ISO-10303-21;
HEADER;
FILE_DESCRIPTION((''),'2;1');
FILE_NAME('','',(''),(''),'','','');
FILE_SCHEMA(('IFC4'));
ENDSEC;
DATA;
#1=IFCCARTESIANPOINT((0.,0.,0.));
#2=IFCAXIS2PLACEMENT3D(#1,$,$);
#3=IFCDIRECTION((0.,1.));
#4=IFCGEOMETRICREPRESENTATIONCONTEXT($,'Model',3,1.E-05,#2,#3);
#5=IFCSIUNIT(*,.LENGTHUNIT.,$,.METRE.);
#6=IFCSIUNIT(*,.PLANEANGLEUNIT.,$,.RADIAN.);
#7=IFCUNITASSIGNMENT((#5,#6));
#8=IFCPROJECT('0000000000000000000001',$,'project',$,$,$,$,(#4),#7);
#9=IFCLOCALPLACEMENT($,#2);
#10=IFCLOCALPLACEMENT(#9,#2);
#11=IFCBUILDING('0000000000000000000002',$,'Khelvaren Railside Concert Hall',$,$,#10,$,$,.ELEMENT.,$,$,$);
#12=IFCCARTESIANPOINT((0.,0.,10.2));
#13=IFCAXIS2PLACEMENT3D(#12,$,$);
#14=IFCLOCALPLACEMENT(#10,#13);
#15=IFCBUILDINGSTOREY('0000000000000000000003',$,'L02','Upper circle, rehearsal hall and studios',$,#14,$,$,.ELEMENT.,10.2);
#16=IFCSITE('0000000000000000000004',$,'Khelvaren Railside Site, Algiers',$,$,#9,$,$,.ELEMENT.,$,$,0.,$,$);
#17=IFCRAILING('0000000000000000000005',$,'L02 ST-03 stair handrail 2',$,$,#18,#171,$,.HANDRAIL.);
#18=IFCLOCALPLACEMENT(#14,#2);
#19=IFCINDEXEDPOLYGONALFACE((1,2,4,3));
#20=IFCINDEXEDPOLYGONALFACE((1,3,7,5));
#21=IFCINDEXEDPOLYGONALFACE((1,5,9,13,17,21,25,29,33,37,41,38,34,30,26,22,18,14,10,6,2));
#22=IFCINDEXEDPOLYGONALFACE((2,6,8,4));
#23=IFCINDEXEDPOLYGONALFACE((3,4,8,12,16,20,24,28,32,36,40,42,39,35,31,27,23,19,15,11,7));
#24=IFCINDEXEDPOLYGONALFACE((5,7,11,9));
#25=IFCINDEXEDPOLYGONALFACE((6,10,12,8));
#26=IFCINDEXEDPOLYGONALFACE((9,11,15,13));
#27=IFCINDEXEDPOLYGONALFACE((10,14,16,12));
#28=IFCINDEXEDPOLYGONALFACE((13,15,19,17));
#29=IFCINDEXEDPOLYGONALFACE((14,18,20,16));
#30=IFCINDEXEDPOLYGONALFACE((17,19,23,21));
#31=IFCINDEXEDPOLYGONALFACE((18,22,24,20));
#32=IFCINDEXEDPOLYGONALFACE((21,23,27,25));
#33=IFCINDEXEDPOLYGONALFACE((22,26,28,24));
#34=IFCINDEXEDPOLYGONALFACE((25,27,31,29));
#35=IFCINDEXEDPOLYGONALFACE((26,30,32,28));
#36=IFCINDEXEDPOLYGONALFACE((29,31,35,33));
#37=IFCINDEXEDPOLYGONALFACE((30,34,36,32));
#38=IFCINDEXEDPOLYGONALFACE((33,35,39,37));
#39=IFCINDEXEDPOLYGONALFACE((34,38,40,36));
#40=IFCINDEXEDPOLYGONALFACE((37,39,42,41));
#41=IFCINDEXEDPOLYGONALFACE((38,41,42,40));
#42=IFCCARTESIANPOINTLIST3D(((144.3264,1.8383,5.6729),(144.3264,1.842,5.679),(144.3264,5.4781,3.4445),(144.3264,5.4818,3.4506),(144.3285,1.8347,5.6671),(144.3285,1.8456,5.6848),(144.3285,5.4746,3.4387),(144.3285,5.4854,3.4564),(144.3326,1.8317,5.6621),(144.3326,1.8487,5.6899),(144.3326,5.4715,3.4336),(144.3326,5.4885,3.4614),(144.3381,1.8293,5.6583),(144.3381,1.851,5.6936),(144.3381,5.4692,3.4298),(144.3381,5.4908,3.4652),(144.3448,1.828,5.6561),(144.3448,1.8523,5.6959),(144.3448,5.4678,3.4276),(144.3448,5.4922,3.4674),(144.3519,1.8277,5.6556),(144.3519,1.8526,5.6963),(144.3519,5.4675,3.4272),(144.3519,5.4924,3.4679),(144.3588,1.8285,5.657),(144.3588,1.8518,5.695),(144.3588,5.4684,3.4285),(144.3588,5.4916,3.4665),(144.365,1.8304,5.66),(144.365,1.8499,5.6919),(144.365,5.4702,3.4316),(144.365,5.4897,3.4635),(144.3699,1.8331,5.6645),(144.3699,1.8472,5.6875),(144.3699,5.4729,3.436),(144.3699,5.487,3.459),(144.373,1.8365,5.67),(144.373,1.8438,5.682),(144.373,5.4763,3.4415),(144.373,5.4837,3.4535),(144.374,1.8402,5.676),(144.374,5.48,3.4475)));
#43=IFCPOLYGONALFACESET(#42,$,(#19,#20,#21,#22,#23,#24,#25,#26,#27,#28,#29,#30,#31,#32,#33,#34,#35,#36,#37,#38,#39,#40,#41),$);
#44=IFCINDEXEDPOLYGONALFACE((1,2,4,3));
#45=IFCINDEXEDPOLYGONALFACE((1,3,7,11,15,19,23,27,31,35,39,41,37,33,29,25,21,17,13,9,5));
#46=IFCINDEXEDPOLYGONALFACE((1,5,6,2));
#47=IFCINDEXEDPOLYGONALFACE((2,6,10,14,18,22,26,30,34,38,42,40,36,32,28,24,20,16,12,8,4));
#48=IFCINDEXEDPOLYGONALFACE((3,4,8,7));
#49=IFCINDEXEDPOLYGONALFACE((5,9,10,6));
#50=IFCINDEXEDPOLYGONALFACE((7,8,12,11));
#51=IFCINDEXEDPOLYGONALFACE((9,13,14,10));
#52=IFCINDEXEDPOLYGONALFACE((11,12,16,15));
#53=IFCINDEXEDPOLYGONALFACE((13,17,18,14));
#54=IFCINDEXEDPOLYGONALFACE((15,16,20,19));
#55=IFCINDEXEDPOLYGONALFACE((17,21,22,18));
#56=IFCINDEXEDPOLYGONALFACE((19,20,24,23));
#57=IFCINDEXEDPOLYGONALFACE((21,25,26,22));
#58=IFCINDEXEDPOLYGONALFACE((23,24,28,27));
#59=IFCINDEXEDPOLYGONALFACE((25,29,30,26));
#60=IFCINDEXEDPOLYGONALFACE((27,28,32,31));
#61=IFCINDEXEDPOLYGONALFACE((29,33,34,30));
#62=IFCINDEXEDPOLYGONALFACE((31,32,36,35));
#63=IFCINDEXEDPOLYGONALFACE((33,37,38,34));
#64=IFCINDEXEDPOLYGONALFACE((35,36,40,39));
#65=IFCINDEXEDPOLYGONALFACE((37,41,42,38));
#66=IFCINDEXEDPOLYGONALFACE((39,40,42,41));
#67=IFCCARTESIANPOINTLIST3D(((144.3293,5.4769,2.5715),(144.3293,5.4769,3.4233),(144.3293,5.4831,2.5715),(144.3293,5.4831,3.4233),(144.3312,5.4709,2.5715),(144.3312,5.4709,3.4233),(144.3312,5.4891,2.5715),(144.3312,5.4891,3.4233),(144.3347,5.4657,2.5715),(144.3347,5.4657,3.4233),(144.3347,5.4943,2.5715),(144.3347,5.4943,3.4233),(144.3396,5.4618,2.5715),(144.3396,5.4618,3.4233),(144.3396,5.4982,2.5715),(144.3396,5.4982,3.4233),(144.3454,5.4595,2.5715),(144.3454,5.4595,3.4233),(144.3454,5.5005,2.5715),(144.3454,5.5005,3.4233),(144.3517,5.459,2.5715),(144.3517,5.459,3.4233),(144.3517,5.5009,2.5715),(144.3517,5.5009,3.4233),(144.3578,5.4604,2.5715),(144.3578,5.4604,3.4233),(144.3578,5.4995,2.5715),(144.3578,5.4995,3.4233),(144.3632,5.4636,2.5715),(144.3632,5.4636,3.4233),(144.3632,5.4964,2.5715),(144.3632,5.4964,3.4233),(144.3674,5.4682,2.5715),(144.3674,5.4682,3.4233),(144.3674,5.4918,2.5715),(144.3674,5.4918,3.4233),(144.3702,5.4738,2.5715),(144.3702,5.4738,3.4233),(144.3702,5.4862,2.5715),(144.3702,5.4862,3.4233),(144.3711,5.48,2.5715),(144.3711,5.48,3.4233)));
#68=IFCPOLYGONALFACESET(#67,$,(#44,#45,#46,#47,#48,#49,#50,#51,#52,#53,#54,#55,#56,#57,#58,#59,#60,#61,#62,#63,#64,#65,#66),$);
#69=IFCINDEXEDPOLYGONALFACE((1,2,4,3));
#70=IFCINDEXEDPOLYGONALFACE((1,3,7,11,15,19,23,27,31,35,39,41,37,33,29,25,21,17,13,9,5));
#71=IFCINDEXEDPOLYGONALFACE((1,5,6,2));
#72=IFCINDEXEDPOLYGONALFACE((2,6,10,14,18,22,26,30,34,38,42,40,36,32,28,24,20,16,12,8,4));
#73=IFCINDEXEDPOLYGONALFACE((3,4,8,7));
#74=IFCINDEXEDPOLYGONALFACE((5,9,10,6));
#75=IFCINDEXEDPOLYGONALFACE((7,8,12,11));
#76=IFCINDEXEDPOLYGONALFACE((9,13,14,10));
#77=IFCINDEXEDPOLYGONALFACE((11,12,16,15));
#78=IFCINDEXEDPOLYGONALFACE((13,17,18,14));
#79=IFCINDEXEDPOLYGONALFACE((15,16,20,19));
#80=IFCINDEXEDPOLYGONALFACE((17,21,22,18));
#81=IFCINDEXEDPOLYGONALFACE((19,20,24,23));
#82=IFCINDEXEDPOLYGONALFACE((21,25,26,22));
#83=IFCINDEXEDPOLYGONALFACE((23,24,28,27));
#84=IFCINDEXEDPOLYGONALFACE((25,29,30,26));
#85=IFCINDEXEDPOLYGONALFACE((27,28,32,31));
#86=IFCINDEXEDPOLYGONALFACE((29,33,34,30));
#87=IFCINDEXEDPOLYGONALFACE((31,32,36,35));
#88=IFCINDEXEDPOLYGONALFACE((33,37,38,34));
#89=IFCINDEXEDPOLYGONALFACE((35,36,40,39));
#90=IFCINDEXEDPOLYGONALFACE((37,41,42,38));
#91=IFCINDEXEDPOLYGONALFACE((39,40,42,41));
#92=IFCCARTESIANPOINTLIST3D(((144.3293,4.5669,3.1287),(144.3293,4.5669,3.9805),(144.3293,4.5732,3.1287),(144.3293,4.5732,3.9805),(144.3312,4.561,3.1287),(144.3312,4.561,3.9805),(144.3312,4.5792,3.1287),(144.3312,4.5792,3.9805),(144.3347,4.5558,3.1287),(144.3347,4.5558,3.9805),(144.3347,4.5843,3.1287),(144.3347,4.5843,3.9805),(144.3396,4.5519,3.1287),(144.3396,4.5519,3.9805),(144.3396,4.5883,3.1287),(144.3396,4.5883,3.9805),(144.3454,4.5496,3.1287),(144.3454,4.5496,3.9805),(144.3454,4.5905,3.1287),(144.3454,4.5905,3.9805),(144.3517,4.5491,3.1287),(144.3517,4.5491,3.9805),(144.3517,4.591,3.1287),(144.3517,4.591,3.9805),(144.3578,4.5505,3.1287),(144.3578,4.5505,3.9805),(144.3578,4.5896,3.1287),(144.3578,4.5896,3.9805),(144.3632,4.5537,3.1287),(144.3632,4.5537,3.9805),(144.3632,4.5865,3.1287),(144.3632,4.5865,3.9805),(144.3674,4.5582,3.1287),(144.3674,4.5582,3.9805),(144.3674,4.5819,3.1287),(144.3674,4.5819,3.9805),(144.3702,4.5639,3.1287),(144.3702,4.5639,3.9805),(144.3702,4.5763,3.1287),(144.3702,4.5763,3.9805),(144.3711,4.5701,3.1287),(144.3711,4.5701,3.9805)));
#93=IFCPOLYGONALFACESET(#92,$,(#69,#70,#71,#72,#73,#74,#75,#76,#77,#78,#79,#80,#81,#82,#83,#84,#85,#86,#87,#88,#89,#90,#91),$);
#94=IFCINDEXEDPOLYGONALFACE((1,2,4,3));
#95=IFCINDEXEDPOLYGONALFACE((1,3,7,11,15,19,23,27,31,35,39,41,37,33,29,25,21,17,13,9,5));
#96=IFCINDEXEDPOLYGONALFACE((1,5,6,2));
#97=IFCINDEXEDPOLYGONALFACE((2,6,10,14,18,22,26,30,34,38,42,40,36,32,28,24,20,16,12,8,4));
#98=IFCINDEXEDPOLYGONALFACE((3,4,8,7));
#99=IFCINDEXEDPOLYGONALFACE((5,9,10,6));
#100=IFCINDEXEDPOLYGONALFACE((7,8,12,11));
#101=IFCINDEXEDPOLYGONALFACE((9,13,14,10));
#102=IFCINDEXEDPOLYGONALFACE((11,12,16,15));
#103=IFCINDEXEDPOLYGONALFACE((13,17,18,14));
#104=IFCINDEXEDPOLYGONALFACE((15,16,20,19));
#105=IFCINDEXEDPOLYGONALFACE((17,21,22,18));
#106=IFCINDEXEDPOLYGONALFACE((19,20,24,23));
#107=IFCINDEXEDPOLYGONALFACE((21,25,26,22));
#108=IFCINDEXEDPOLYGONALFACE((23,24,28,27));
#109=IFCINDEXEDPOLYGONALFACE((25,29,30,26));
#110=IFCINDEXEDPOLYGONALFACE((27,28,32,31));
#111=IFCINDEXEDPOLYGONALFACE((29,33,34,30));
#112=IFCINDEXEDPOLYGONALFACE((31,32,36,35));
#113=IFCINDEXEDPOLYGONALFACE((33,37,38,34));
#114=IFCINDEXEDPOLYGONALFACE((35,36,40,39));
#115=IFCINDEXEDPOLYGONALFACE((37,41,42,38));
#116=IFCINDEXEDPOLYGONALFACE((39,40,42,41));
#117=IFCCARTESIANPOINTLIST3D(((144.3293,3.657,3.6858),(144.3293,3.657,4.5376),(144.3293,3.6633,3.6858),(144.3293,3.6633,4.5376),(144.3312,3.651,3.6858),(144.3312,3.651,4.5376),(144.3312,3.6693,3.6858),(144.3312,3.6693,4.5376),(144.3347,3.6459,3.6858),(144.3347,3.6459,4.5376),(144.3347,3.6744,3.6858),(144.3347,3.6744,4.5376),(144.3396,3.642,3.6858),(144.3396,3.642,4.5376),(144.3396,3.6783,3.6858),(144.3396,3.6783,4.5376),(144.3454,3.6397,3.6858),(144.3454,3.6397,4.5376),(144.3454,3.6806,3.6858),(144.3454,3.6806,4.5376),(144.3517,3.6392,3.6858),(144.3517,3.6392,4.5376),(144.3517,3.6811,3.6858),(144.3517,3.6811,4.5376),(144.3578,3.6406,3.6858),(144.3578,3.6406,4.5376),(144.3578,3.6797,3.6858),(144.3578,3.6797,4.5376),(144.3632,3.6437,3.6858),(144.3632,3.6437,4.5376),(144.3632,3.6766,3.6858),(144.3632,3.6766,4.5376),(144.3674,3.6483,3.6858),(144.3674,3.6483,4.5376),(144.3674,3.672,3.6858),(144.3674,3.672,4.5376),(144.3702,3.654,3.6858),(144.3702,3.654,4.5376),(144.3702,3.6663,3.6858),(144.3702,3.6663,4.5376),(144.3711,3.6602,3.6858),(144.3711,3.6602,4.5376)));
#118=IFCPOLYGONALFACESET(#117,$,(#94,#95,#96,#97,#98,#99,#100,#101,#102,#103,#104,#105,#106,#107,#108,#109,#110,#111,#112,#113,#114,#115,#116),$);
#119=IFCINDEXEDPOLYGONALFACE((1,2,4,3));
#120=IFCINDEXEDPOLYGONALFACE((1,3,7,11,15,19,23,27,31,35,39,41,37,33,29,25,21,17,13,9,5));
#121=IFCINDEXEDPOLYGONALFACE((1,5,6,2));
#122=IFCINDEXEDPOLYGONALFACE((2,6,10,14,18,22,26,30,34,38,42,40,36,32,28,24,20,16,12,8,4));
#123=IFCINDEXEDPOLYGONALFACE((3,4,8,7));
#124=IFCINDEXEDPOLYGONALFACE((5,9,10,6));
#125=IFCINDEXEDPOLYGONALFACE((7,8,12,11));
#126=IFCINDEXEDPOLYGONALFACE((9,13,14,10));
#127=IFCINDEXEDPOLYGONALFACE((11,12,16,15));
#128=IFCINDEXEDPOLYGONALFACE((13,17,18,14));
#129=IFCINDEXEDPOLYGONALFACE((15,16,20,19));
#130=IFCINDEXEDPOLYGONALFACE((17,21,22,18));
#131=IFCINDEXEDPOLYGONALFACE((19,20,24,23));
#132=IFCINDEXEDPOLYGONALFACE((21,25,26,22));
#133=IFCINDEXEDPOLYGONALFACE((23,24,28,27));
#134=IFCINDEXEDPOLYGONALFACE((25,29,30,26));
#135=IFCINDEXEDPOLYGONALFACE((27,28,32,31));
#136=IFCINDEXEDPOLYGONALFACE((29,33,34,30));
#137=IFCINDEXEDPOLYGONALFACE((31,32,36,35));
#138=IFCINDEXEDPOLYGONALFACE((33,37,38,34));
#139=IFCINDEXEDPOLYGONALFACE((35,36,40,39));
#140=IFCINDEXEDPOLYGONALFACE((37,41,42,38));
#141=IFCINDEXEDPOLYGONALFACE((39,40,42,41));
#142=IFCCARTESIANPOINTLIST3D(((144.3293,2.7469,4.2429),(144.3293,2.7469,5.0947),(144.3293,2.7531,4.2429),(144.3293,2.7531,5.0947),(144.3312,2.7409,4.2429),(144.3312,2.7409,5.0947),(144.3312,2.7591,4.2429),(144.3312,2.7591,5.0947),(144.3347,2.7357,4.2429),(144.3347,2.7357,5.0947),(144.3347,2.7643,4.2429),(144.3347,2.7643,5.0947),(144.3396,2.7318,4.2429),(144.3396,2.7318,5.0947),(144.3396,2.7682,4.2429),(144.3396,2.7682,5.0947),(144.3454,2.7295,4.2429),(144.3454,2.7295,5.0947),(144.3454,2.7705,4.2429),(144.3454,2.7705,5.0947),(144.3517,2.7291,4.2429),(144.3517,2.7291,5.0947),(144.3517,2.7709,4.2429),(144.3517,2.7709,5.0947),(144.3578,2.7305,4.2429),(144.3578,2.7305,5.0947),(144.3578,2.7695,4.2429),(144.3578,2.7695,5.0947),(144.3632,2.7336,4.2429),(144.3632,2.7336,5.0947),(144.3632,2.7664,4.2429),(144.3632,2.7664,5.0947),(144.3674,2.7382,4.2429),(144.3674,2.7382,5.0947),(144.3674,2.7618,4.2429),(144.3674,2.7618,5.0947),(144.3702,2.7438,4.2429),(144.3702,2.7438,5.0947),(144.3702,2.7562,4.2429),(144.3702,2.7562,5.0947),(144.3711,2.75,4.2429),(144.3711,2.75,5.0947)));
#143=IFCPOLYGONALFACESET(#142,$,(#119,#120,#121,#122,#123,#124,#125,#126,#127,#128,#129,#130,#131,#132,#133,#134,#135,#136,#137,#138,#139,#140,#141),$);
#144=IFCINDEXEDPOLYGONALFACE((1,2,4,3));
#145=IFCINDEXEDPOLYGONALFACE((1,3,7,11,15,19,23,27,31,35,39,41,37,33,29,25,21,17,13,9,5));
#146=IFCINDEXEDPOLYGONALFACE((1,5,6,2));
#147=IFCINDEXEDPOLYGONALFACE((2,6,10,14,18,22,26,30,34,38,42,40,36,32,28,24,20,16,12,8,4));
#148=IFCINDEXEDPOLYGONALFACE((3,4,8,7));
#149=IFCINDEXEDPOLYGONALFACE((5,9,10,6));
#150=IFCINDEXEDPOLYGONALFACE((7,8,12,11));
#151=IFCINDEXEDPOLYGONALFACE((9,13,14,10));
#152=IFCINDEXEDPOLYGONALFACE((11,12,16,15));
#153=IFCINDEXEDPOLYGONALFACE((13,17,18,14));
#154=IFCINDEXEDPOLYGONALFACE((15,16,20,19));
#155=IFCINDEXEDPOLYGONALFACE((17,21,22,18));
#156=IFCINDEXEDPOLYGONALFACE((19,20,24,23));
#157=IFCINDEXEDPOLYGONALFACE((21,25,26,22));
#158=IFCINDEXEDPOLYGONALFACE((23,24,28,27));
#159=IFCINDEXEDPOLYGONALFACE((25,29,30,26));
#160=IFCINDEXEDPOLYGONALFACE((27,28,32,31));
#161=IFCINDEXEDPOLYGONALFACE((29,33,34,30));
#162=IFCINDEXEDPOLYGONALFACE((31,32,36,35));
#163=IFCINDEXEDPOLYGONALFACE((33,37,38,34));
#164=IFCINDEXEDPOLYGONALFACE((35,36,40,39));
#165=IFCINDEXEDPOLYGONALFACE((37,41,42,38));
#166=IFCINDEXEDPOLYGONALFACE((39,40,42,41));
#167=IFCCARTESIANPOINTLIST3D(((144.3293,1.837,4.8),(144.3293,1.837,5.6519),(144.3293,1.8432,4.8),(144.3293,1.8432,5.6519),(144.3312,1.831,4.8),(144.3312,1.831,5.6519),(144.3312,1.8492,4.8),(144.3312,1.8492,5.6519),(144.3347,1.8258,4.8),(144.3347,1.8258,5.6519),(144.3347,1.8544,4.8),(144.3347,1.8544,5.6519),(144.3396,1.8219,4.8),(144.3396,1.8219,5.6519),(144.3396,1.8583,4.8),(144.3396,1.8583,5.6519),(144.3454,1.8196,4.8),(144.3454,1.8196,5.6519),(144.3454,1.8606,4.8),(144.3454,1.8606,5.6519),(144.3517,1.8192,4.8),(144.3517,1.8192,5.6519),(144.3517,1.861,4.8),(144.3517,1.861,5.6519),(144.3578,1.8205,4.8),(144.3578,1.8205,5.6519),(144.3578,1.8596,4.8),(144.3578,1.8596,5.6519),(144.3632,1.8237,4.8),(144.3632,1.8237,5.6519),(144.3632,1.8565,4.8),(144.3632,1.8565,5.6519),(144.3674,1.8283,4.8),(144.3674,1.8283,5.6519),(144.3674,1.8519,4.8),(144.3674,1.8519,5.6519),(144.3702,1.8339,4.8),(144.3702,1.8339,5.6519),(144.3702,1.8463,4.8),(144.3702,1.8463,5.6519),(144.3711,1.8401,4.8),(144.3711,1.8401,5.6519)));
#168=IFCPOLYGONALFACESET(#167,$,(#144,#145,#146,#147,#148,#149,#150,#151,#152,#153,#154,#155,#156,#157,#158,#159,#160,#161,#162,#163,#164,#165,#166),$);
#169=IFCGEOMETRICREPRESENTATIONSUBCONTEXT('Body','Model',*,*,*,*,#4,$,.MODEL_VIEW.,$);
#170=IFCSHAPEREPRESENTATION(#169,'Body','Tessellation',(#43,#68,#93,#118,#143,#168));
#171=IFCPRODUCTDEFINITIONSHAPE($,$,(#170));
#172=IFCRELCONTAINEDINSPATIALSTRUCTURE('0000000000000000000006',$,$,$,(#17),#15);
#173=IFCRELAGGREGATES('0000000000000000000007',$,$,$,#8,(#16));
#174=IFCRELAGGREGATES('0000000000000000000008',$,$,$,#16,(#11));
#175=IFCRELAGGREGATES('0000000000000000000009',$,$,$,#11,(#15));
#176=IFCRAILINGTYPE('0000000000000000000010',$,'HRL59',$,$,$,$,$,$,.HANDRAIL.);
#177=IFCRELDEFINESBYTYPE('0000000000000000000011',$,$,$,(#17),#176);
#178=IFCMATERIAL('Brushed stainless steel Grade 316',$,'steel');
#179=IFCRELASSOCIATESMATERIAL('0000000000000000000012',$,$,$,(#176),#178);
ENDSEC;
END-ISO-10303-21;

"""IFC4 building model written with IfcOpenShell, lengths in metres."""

from ifc_helpers import new_model, si_unit, direction, frame, origin, origin_2d, place, context, subcontext, project, spatial, circle, extrude, material, type_object, element, save


model = new_model("IFC4")

# Units and contexts
model_context = context("Model", 3, precision=1e-05, world=origin(), true_north=direction((0.0, 1.0)))
body_context = subcontext(model_context, "Body", "Model", "MODEL_VIEW")
ifc_project = project(units=[si_unit("LENGTHUNIT", "METRE"), si_unit("PLANEANGLEUNIT", "RADIAN")], contexts=[model_context])

# Site, building, storey
site_placement = place(None, origin())
site = spatial("IfcSite", under=ifc_project, at=site_placement, Name="Khelvaren Railside Site, Algiers", CompositionType="ELEMENT", RefElevation=0.0)
building_placement = place(site_placement, origin())
building = spatial("IfcBuilding", under=site, at=building_placement, Name="Khelvaren Railside Concert Hall", CompositionType="ELEMENT")
storey_placement = place(building_placement, frame((0.0, 0.0, 10.2)))
storey = spatial("IfcBuildingStorey", under=building, at=storey_placement, Name="L02", Description="Upper circle, rehearsal hall and studios", CompositionType="ELEMENT", Elevation=10.2)

# Railing
ifc_material_1 = material(Name="Brushed stainless steel Grade 316", Category="steel")
railing_type_1 = type_object("IfcRailingType", Name="HRL59", PredefinedType="HANDRAIL", material=ifc_material_1)
railing_1_placement = place(storey_placement, frame((144.3501, 5.48, 2.5715)))
element("IfcRailing", 1, at=railing_1_placement, inside=storey, type_object=railing_type_1, Name="L02 ST-03 stair handrail 2", PredefinedType="HANDRAIL", context=body_context, shape_type="SweptSolid", body=[
    extrude(circle(Radius=0.0239, at=origin_2d()), frame((0.0, 0.0, 0.876), z_axis=(0.0, -0.85285, 0.522156), x_axis=(1.0, 0.0, 0.0)), (0.0, 0.0, 1.0), 4.2678),
    extrude(circle(Radius=0.021, at=origin_2d()), origin(), (0.0, 0.0, 1.0), 0.8518),
    extrude(circle(Radius=0.021, at=origin_2d()), frame((0.0, -0.9099, 0.5571)), (0.0, 0.0, 1.0), 0.8518),
    extrude(circle(Radius=0.021, at=origin_2d()), frame((0.0, -1.8198, 1.1143)), (0.0, 0.0, 1.0), 0.8518),
    extrude(circle(Radius=0.021, at=origin_2d()), frame((0.0, -2.73, 1.6714)), (0.0, 0.0, 1.0), 0.8518),
    extrude(circle(Radius=0.021, at=origin_2d()), frame((0.0, -3.6399, 2.2285)), (0.0, 0.0, 1.0), 0.8518),
])

save(model, "model.ifc")
